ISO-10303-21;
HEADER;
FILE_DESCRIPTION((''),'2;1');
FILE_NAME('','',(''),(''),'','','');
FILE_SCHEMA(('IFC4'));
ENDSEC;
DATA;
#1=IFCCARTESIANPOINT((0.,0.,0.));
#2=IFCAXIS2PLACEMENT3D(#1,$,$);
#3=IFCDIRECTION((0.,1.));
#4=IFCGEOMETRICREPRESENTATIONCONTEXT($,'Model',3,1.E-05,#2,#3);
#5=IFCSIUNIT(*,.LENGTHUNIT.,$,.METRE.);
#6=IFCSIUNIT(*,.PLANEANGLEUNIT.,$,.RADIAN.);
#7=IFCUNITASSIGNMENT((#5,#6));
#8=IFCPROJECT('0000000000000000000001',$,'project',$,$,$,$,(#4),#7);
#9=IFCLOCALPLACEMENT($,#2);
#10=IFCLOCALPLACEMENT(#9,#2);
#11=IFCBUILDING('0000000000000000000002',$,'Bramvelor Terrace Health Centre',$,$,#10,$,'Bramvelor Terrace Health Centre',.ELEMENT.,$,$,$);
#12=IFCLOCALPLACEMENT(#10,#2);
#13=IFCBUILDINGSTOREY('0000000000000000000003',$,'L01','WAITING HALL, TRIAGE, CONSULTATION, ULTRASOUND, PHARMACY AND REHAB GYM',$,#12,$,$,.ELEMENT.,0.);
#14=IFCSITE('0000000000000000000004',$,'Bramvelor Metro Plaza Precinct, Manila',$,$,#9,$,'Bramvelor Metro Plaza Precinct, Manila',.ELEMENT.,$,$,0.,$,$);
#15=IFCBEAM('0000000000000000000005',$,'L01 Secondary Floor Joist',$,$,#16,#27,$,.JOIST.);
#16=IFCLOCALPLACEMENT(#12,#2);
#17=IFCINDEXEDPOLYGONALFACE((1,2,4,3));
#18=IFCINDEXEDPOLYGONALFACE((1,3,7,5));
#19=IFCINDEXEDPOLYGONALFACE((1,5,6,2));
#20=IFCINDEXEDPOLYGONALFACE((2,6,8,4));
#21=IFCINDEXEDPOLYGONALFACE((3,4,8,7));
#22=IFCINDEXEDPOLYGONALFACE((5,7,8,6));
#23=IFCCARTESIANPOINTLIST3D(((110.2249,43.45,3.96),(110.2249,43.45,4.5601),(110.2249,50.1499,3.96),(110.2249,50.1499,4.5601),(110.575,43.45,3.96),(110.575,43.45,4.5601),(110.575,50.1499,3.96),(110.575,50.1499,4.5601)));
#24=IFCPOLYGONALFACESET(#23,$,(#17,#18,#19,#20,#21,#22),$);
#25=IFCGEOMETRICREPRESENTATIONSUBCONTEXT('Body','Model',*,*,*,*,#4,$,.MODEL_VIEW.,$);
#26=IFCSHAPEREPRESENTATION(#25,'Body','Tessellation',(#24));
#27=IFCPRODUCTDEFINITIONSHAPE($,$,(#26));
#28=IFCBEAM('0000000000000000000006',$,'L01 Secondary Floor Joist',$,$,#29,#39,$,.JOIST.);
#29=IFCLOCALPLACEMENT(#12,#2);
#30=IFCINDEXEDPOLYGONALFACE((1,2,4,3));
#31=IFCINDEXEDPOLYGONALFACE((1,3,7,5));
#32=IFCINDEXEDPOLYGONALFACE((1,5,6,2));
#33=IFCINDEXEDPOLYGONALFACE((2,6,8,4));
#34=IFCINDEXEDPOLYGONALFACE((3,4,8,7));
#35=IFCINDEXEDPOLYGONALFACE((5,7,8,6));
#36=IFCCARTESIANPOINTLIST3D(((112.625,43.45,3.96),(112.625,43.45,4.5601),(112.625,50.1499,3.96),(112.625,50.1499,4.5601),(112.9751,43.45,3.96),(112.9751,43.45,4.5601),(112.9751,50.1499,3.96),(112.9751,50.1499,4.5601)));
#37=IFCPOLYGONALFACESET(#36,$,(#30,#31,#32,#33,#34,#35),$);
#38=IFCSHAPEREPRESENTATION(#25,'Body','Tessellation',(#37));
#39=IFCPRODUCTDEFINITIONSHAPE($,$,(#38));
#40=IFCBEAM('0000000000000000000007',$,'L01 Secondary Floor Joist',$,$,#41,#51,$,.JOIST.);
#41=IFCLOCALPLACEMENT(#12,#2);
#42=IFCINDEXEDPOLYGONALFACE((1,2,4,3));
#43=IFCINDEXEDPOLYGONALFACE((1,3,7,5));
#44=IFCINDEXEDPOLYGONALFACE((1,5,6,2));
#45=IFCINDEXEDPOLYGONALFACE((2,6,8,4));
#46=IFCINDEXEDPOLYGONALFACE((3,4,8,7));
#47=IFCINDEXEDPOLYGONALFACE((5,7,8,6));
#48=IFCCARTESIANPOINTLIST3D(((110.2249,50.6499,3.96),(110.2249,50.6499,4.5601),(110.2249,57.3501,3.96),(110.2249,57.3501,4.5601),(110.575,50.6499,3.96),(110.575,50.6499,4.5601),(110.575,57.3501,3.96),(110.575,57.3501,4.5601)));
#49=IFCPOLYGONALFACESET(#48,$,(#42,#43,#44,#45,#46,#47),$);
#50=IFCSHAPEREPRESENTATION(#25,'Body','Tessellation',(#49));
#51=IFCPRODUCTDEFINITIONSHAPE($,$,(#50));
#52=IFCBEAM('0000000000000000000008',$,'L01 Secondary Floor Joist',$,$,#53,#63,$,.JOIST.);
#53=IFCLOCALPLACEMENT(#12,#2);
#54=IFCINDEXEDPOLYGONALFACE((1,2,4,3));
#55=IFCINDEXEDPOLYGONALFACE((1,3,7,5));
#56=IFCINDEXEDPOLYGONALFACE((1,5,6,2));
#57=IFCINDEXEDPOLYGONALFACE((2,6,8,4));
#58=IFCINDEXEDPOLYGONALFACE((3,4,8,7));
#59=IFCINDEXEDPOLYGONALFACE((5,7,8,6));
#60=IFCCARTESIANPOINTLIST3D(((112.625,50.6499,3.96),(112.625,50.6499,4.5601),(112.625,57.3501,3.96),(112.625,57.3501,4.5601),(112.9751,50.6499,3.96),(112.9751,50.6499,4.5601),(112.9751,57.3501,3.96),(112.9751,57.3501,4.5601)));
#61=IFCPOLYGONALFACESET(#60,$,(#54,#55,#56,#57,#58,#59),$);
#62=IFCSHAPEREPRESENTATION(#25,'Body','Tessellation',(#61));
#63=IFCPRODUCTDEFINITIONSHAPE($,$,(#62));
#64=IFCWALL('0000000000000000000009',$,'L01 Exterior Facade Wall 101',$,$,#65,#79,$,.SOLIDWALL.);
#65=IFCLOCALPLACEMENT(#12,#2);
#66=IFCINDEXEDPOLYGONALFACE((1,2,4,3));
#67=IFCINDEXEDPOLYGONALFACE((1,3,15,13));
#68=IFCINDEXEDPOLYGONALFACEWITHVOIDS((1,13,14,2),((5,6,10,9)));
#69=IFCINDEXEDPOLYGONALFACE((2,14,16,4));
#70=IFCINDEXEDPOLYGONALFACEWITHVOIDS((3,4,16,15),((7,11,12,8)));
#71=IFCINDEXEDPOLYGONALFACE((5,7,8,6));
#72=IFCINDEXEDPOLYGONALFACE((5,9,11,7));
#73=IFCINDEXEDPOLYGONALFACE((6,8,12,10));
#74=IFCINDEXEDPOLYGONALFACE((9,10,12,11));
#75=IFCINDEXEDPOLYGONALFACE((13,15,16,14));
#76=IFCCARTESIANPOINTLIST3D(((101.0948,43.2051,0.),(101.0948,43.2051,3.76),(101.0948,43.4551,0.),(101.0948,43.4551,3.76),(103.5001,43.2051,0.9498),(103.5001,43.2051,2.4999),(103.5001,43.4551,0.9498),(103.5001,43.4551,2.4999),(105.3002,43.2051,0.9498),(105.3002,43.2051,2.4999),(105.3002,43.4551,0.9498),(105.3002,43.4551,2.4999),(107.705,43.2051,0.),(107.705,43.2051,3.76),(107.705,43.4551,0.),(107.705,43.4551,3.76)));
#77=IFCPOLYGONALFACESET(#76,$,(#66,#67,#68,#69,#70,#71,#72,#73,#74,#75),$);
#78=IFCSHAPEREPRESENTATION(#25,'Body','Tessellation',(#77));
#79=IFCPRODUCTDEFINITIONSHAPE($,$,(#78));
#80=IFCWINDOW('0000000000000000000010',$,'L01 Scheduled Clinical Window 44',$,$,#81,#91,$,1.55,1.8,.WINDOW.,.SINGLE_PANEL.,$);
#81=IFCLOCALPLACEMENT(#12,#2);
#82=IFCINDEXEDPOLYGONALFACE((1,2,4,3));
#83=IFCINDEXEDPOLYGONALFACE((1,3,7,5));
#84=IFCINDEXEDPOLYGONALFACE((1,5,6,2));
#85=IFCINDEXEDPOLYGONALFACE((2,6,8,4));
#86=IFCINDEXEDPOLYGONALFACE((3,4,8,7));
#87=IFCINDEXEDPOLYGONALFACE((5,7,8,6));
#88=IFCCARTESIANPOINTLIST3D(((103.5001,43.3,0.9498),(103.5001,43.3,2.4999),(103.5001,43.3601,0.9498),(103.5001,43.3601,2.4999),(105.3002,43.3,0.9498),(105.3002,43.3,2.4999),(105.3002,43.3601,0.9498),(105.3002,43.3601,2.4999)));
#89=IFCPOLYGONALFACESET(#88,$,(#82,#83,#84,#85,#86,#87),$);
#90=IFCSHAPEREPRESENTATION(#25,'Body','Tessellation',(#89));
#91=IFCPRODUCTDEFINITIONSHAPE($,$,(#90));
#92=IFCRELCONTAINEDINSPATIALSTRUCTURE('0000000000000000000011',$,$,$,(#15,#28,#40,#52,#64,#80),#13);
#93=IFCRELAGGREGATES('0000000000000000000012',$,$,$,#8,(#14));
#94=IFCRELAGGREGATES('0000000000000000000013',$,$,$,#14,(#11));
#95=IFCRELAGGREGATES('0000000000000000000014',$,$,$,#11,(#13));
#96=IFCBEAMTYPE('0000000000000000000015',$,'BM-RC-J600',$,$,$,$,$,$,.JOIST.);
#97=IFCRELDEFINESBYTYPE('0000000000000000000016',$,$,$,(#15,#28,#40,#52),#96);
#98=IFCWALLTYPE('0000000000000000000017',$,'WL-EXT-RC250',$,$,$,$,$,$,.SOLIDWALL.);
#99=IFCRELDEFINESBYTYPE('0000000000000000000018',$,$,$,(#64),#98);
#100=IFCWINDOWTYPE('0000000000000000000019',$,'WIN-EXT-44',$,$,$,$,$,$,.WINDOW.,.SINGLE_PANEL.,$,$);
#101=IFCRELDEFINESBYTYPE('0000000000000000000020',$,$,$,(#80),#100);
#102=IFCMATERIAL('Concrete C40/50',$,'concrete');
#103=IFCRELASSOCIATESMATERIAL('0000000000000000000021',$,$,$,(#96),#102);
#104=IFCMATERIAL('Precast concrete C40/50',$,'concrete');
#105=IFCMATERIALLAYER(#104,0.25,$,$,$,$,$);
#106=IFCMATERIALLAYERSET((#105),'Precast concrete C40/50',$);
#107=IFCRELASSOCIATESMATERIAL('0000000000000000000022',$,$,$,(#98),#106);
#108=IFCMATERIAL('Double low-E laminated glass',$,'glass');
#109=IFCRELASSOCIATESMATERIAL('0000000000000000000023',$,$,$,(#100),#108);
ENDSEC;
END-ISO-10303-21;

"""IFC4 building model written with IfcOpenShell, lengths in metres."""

from ifc_helpers import new_model, si_unit, direction, frame, frame_2d, origin, origin_2d, place, context, subcontext, project, spatial, rectangle, extrude, material, layer, layer_set, material_profile, profile_set, type_object, element, fill, save


model = new_model("IFC4")

# Units and contexts
model_context = context("Model", 3, precision=1e-05, world=origin(), true_north=direction((0.0, 1.0)))
body_context = subcontext(model_context, "Body", "Model", "MODEL_VIEW")
ifc_project = project(units=[si_unit("LENGTHUNIT", "METRE"), si_unit("PLANEANGLEUNIT", "RADIAN")], contexts=[model_context])

# Site, building, storey
site_placement = place(None, origin())
site = spatial("IfcSite", under=ifc_project, at=site_placement, Name="Bramvelor Metro Plaza Precinct, Manila", LongName="Bramvelor Metro Plaza Precinct, Manila", CompositionType="ELEMENT", RefElevation=0.0)
building_placement = place(site_placement, origin())
building = spatial("IfcBuilding", under=site, at=building_placement, Name="Bramvelor Terrace Health Centre", LongName="Bramvelor Terrace Health Centre", CompositionType="ELEMENT")
storey_placement = place(building_placement, origin())
storey = spatial("IfcBuildingStorey", under=building, at=storey_placement, Name="L01", Description="WAITING HALL, TRIAGE, CONSULTATION, ULTRASOUND, PHARMACY AND REHAB GYM", CompositionType="ELEMENT", Elevation=0.0)

# Beams
ifc_material_1 = material(Name="Concrete C40/50", Category="concrete")
ifc_material_profile_1 = material_profile(ifc_material_1, rectangle(XDim=0.3501, YDim=0.6001, at=origin_2d()), Name="RC 350x600")
ifc_profile_set_1 = profile_set([ifc_material_profile_1], Name="Concrete C40/50")
beam_type_1 = type_object("IfcBeamType", Name="BM-RC-J600", PredefinedType="JOIST", material=ifc_profile_set_1)
for number, where, z_axis, x_axis, name in (
    (1, (110.3999, 43.45, 4.26), (0.0, 1.0, 0.0), (-1.0, 0.0, 0.0), "L01 Secondary Floor Joist"),
    (2, (112.8, 43.45, 4.26), (0.0, 1.0, 0.0), (-1.0, 0.0, 0.0), "L01 Secondary Floor Joist"),
):
    element("IfcBeam", number, at=place(storey_placement, frame(where, z_axis=z_axis, x_axis=x_axis)), inside=storey, type_object=beam_type_1, Name=name, PredefinedType="JOIST", context=body_context, shape_type="SweptSolid", body=[
        extrude(rectangle(XDim=0.3501, YDim=0.6001, at=origin_2d()), origin(), (0.0, 0.0, 1.0), 6.7),
    ])
for number, where, z_axis, x_axis, name in (
    (3, (110.3999, 50.6499, 4.26), (0.0, 1.0, 0.0), (-1.0, 0.0, 0.0), "L01 Secondary Floor Joist"),
    (4, (112.8, 50.6499, 4.26), (0.0, 1.0, 0.0), (-1.0, 0.0, 0.0), "L01 Secondary Floor Joist"),
):
    element("IfcBeam", number, at=place(storey_placement, frame(where, z_axis=z_axis, x_axis=x_axis)), inside=storey, type_object=beam_type_1, Name=name, PredefinedType="JOIST", context=body_context, shape_type="SweptSolid", body=[
        extrude(rectangle(XDim=0.3501, YDim=0.6001, at=origin_2d()), origin(), (0.0, 0.0, 1.0), 6.7002),
    ])

# Wall, opening, window
ifc_material_2 = material(Name="Precast concrete C40/50", Category="concrete")
ifc_layer = layer(ifc_material_2, 0.25)
ifc_layer_set = layer_set([ifc_layer], Name="Precast concrete C40/50")
wall_type = type_object("IfcWallType", Name="WL-EXT-RC250", PredefinedType="SOLIDWALL", material=ifc_layer_set)
wall_placement = place(storey_placement, frame((107.7051, 43.3301, 0.0), z_axis=(0.0, 0.0, 1.0), x_axis=(-1.0, 0.0, 0.0)))
wall = element("IfcWall", 5, at=wall_placement, inside=storey, type_object=wall_type, Name="L01 Exterior Facade Wall 101", PredefinedType="SOLIDWALL", context=body_context, shape_type="SweptSolid", body=[
    extrude(rectangle(XDim=6.6101, YDim=0.25, at=frame_2d((3.3052, 0.0))), origin(), (0.0, 0.0, 1.0), 3.76),
])
opening_placement = place(wall_placement, frame((2.405, 0.0, 0.95)))
opening = element("IfcOpeningElement", 6, at=opening_placement, cuts=wall, PredefinedType="OPENING", context=body_context, shape_type="SweptSolid", body=[
    extrude(rectangle(XDim=1.8, YDim=1.55, at=frame_2d((0.8999, 0.7749))), frame((0.0, 0.135, 0.0), z_axis=(0.0, -1.0, 0.0), x_axis=(1.0, 0.0, 0.0)), (0.0, 0.0, 1.0), 0.27),
])
ifc_material_3 = material(Name="Double low-E laminated glass", Category="glass")
window_type = type_object("IfcWindowType", Name="WIN-EXT-44", PartitioningType="SINGLE_PANEL", PredefinedType="WINDOW", material=ifc_material_3)
window_placement = place(opening_placement, origin())
window = element("IfcWindow", 7, at=window_placement, inside=storey, type_object=window_type, Name="L01 Scheduled Clinical Window 44", OverallHeight=1.55, OverallWidth=1.8, PartitioningType="SINGLE_PANEL", PredefinedType="WINDOW", context=body_context, shape_type="SweptSolid", body=[
    extrude(rectangle(XDim=1.8, YDim=1.55, at=frame_2d((0.8999, 0.7749))), frame((0.0, 0.03, 0.0), z_axis=(0.0, -1.0, 0.0), x_axis=(1.0, 0.0, 0.0)), (0.0, 0.0, 1.0), 0.0601),
])
fill(opening, window)

save(model, "model.ifc")
